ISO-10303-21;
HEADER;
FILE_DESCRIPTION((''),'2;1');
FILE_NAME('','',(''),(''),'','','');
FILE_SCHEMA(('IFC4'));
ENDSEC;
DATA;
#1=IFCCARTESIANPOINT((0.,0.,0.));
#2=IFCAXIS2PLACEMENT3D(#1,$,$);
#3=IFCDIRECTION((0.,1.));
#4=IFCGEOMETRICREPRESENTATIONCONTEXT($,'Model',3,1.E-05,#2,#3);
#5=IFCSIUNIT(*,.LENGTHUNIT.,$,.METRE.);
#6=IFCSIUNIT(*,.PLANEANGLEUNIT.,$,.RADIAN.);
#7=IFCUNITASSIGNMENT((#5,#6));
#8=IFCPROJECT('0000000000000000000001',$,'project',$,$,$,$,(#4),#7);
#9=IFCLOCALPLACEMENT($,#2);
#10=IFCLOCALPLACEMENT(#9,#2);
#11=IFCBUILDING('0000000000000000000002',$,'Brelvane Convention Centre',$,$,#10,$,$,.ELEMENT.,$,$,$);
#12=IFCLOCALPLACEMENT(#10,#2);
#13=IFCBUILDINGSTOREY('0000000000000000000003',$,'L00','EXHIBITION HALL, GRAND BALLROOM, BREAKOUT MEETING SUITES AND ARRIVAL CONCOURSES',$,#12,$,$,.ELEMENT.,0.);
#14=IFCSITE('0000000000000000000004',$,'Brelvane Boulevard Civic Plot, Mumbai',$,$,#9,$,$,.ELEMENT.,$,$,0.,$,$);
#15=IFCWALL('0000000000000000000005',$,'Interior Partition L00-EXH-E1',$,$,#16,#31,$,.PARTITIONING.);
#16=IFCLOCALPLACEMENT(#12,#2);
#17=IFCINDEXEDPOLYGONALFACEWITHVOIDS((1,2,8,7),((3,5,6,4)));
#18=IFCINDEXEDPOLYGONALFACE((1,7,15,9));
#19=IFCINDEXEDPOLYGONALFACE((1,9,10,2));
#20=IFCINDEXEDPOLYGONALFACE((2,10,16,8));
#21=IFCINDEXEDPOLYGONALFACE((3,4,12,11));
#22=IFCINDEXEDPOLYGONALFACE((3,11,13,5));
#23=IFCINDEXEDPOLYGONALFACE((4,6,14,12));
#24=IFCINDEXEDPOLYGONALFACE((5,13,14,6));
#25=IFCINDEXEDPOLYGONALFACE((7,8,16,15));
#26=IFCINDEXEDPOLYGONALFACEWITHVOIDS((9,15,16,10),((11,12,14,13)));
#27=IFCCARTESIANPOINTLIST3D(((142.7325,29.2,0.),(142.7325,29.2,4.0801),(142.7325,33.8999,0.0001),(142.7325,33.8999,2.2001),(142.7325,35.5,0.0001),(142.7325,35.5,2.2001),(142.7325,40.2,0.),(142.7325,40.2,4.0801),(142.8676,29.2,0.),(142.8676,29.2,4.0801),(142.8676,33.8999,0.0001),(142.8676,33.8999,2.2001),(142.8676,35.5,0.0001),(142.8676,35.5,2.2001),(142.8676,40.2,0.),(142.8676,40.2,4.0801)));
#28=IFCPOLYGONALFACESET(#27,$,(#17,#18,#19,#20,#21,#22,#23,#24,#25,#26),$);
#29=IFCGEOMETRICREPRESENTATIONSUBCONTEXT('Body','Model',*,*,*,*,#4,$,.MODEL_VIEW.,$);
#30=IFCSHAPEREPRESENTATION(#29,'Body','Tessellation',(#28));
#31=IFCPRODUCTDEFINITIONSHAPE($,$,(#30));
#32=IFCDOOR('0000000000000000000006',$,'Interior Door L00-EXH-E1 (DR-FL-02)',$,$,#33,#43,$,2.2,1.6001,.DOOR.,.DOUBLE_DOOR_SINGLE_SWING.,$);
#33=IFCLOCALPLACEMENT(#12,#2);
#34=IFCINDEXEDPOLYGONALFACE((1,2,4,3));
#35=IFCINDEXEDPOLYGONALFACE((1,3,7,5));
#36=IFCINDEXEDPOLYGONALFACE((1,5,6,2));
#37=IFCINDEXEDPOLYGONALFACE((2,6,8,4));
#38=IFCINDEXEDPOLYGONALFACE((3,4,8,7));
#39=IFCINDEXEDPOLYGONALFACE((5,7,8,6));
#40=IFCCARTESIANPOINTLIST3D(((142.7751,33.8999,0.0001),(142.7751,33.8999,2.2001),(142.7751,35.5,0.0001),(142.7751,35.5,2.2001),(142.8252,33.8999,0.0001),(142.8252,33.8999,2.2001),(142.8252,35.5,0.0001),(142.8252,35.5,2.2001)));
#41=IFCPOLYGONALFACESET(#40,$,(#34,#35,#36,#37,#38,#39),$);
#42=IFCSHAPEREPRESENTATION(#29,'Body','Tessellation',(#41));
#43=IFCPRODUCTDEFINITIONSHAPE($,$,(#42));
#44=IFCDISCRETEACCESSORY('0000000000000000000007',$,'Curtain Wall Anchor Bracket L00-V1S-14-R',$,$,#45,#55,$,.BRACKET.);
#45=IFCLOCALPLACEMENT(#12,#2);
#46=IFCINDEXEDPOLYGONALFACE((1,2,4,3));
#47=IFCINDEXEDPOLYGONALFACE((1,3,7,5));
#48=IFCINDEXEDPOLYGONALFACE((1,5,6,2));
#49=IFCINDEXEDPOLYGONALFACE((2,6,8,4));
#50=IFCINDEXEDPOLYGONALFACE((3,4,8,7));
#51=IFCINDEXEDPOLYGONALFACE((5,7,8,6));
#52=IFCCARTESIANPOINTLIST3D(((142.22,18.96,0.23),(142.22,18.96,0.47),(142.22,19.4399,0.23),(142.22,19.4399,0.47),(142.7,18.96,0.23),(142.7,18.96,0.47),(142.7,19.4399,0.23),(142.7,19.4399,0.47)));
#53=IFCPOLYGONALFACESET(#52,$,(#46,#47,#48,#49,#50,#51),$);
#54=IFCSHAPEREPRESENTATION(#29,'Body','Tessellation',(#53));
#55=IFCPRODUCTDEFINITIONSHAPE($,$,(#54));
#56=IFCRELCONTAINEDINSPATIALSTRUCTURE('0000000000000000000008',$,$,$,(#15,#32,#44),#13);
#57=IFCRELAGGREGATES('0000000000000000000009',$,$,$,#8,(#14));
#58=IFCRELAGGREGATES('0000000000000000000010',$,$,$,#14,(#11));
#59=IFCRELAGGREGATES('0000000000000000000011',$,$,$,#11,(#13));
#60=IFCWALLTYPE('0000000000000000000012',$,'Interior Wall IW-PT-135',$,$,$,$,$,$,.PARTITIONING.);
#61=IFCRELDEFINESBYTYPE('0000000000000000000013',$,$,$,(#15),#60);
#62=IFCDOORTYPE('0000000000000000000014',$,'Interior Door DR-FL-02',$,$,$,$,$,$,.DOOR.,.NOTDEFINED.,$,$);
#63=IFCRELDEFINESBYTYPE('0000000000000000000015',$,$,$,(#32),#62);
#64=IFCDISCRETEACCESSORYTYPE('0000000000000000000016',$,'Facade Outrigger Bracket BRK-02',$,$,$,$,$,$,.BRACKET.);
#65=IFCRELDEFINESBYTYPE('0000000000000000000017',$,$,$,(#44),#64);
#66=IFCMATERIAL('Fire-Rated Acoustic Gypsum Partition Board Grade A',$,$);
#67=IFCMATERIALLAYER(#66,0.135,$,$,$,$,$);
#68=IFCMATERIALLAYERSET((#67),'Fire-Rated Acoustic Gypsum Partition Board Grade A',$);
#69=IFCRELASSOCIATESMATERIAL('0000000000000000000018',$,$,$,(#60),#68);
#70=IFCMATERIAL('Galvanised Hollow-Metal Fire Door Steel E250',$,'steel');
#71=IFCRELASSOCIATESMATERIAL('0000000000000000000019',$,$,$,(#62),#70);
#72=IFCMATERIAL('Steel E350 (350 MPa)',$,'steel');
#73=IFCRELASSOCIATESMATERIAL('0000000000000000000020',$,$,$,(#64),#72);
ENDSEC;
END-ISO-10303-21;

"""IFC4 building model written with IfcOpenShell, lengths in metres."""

from ifc_helpers import new_model, si_unit, direction, frame, frame_2d, origin, origin_2d, place, context, subcontext, project, spatial, rectangle, extrude, material, layer, layer_set, type_object, element, fill, save


model = new_model("IFC4")

# Units and contexts
model_context = context("Model", 3, precision=1e-05, world=origin(), true_north=direction((0.0, 1.0)))
body_context = subcontext(model_context, "Body", "Model", "MODEL_VIEW")
ifc_project = project(units=[si_unit("LENGTHUNIT", "METRE"), si_unit("PLANEANGLEUNIT", "RADIAN")], contexts=[model_context])

# Site, building, storey
site_placement = place(None, origin())
site = spatial("IfcSite", under=ifc_project, at=site_placement, Name="Brelvane Boulevard Civic Plot, Mumbai", CompositionType="ELEMENT", RefElevation=0.0)
building_placement = place(site_placement, origin())
building = spatial("IfcBuilding", under=site, at=building_placement, Name="Brelvane Convention Centre", CompositionType="ELEMENT")
storey_placement = place(building_placement, origin())
storey = spatial("IfcBuildingStorey", under=building, at=storey_placement, Name="L00", Description="EXHIBITION HALL, GRAND BALLROOM, BREAKOUT MEETING SUITES AND ARRIVAL CONCOURSES", CompositionType="ELEMENT", Elevation=0.0)

# Wall, opening, door
ifc_material_1 = material(Name="Fire-Rated Acoustic Gypsum Partition Board Grade A")
ifc_layer_1 = layer(ifc_material_1, 0.135)
ifc_layer_set_1 = layer_set([ifc_layer_1], Name="Fire-Rated Acoustic Gypsum Partition Board Grade A")
wall_type_1 = type_object("IfcWallType", Name="Interior Wall IW-PT-135", PredefinedType="PARTITIONING", material=ifc_layer_set_1)
wall_1_placement = place(storey_placement, frame((142.8, 29.2, 0.0), z_axis=(0.0, 0.0, 1.0), x_axis=(0.0, 1.0, 0.0)))
wall_1 = element("IfcWall", 1, at=wall_1_placement, inside=storey, type_object=wall_type_1, Name="Interior Partition L00-EXH-E1", PredefinedType="PARTITIONING", context=body_context, shape_type="SweptSolid", body=[
    extrude(rectangle(XDim=11.0, YDim=0.135, at=frame_2d((5.5, 0.0))), origin(), (0.0, 0.0, 1.0), 4.0801),
])
opening_1_placement = place(wall_1_placement, frame((4.7, 0.0, 0.0)))
opening_1 = element("IfcOpeningElement", 2, at=opening_1_placement, cuts=wall_1, PredefinedType="OPENING", context=body_context, shape_type="SweptSolid", body=[
    extrude(rectangle(XDim=1.6001, YDim=2.2, at=frame_2d((0.8, 1.1001))), frame((0.0, 0.0774, 0.0), z_axis=(0.0, -1.0, 0.0), x_axis=(1.0, 0.0, 0.0)), (0.0, 0.0, 1.0), 0.155),
])
ifc_material_2 = material(Name="Galvanised Hollow-Metal Fire Door Steel E250", Category="steel")
door_type_1 = type_object("IfcDoorType", Name="Interior Door DR-FL-02", OperationType="NOTDEFINED", PredefinedType="DOOR", material=ifc_material_2)
door_1_placement = place(opening_1_placement, origin())
door_1 = element("IfcDoor", 3, at=door_1_placement, inside=storey, type_object=door_type_1, Name="Interior Door L00-EXH-E1 (DR-FL-02)", OperationType="DOUBLE_DOOR_SINGLE_SWING", OverallHeight=2.2, OverallWidth=1.6001, PredefinedType="DOOR", context=body_context, shape_type="SweptSolid", body=[
    extrude(rectangle(XDim=1.6001, YDim=2.2, at=frame_2d((0.8, 1.1001))), frame((0.0, 0.0249, 0.0), z_axis=(0.0, -1.0, 0.0), x_axis=(1.0, 0.0, 0.0)), (0.0, 0.0, 1.0), 0.05),
])
fill(opening_1, door_1)

# Discrete accessory
ifc_material_3 = material(Name="Steel E350 (350 MPa)", Category="steel")
discrete_accessory_type = type_object("IfcDiscreteAccessoryType", Name="Facade Outrigger Bracket BRK-02", PredefinedType="BRACKET", material=ifc_material_3)
discrete_accessory_placement = place(storey_placement, frame((142.46, 19.2, 0.23), z_axis=(0.0, 0.0, 1.0), x_axis=(1.0, 0.0, 0.0)))
element("IfcDiscreteAccessory", 4, at=discrete_accessory_placement, inside=storey, type_object=discrete_accessory_type, Name="Curtain Wall Anchor Bracket L00-V1S-14-R", PredefinedType="BRACKET", context=body_context, shape_type="SweptSolid", body=[
    extrude(rectangle(XDim=0.48, YDim=0.48, at=origin_2d()), origin(), (0.0, 0.0, 1.0), 0.24),
])

save(model, "model.ifc")
